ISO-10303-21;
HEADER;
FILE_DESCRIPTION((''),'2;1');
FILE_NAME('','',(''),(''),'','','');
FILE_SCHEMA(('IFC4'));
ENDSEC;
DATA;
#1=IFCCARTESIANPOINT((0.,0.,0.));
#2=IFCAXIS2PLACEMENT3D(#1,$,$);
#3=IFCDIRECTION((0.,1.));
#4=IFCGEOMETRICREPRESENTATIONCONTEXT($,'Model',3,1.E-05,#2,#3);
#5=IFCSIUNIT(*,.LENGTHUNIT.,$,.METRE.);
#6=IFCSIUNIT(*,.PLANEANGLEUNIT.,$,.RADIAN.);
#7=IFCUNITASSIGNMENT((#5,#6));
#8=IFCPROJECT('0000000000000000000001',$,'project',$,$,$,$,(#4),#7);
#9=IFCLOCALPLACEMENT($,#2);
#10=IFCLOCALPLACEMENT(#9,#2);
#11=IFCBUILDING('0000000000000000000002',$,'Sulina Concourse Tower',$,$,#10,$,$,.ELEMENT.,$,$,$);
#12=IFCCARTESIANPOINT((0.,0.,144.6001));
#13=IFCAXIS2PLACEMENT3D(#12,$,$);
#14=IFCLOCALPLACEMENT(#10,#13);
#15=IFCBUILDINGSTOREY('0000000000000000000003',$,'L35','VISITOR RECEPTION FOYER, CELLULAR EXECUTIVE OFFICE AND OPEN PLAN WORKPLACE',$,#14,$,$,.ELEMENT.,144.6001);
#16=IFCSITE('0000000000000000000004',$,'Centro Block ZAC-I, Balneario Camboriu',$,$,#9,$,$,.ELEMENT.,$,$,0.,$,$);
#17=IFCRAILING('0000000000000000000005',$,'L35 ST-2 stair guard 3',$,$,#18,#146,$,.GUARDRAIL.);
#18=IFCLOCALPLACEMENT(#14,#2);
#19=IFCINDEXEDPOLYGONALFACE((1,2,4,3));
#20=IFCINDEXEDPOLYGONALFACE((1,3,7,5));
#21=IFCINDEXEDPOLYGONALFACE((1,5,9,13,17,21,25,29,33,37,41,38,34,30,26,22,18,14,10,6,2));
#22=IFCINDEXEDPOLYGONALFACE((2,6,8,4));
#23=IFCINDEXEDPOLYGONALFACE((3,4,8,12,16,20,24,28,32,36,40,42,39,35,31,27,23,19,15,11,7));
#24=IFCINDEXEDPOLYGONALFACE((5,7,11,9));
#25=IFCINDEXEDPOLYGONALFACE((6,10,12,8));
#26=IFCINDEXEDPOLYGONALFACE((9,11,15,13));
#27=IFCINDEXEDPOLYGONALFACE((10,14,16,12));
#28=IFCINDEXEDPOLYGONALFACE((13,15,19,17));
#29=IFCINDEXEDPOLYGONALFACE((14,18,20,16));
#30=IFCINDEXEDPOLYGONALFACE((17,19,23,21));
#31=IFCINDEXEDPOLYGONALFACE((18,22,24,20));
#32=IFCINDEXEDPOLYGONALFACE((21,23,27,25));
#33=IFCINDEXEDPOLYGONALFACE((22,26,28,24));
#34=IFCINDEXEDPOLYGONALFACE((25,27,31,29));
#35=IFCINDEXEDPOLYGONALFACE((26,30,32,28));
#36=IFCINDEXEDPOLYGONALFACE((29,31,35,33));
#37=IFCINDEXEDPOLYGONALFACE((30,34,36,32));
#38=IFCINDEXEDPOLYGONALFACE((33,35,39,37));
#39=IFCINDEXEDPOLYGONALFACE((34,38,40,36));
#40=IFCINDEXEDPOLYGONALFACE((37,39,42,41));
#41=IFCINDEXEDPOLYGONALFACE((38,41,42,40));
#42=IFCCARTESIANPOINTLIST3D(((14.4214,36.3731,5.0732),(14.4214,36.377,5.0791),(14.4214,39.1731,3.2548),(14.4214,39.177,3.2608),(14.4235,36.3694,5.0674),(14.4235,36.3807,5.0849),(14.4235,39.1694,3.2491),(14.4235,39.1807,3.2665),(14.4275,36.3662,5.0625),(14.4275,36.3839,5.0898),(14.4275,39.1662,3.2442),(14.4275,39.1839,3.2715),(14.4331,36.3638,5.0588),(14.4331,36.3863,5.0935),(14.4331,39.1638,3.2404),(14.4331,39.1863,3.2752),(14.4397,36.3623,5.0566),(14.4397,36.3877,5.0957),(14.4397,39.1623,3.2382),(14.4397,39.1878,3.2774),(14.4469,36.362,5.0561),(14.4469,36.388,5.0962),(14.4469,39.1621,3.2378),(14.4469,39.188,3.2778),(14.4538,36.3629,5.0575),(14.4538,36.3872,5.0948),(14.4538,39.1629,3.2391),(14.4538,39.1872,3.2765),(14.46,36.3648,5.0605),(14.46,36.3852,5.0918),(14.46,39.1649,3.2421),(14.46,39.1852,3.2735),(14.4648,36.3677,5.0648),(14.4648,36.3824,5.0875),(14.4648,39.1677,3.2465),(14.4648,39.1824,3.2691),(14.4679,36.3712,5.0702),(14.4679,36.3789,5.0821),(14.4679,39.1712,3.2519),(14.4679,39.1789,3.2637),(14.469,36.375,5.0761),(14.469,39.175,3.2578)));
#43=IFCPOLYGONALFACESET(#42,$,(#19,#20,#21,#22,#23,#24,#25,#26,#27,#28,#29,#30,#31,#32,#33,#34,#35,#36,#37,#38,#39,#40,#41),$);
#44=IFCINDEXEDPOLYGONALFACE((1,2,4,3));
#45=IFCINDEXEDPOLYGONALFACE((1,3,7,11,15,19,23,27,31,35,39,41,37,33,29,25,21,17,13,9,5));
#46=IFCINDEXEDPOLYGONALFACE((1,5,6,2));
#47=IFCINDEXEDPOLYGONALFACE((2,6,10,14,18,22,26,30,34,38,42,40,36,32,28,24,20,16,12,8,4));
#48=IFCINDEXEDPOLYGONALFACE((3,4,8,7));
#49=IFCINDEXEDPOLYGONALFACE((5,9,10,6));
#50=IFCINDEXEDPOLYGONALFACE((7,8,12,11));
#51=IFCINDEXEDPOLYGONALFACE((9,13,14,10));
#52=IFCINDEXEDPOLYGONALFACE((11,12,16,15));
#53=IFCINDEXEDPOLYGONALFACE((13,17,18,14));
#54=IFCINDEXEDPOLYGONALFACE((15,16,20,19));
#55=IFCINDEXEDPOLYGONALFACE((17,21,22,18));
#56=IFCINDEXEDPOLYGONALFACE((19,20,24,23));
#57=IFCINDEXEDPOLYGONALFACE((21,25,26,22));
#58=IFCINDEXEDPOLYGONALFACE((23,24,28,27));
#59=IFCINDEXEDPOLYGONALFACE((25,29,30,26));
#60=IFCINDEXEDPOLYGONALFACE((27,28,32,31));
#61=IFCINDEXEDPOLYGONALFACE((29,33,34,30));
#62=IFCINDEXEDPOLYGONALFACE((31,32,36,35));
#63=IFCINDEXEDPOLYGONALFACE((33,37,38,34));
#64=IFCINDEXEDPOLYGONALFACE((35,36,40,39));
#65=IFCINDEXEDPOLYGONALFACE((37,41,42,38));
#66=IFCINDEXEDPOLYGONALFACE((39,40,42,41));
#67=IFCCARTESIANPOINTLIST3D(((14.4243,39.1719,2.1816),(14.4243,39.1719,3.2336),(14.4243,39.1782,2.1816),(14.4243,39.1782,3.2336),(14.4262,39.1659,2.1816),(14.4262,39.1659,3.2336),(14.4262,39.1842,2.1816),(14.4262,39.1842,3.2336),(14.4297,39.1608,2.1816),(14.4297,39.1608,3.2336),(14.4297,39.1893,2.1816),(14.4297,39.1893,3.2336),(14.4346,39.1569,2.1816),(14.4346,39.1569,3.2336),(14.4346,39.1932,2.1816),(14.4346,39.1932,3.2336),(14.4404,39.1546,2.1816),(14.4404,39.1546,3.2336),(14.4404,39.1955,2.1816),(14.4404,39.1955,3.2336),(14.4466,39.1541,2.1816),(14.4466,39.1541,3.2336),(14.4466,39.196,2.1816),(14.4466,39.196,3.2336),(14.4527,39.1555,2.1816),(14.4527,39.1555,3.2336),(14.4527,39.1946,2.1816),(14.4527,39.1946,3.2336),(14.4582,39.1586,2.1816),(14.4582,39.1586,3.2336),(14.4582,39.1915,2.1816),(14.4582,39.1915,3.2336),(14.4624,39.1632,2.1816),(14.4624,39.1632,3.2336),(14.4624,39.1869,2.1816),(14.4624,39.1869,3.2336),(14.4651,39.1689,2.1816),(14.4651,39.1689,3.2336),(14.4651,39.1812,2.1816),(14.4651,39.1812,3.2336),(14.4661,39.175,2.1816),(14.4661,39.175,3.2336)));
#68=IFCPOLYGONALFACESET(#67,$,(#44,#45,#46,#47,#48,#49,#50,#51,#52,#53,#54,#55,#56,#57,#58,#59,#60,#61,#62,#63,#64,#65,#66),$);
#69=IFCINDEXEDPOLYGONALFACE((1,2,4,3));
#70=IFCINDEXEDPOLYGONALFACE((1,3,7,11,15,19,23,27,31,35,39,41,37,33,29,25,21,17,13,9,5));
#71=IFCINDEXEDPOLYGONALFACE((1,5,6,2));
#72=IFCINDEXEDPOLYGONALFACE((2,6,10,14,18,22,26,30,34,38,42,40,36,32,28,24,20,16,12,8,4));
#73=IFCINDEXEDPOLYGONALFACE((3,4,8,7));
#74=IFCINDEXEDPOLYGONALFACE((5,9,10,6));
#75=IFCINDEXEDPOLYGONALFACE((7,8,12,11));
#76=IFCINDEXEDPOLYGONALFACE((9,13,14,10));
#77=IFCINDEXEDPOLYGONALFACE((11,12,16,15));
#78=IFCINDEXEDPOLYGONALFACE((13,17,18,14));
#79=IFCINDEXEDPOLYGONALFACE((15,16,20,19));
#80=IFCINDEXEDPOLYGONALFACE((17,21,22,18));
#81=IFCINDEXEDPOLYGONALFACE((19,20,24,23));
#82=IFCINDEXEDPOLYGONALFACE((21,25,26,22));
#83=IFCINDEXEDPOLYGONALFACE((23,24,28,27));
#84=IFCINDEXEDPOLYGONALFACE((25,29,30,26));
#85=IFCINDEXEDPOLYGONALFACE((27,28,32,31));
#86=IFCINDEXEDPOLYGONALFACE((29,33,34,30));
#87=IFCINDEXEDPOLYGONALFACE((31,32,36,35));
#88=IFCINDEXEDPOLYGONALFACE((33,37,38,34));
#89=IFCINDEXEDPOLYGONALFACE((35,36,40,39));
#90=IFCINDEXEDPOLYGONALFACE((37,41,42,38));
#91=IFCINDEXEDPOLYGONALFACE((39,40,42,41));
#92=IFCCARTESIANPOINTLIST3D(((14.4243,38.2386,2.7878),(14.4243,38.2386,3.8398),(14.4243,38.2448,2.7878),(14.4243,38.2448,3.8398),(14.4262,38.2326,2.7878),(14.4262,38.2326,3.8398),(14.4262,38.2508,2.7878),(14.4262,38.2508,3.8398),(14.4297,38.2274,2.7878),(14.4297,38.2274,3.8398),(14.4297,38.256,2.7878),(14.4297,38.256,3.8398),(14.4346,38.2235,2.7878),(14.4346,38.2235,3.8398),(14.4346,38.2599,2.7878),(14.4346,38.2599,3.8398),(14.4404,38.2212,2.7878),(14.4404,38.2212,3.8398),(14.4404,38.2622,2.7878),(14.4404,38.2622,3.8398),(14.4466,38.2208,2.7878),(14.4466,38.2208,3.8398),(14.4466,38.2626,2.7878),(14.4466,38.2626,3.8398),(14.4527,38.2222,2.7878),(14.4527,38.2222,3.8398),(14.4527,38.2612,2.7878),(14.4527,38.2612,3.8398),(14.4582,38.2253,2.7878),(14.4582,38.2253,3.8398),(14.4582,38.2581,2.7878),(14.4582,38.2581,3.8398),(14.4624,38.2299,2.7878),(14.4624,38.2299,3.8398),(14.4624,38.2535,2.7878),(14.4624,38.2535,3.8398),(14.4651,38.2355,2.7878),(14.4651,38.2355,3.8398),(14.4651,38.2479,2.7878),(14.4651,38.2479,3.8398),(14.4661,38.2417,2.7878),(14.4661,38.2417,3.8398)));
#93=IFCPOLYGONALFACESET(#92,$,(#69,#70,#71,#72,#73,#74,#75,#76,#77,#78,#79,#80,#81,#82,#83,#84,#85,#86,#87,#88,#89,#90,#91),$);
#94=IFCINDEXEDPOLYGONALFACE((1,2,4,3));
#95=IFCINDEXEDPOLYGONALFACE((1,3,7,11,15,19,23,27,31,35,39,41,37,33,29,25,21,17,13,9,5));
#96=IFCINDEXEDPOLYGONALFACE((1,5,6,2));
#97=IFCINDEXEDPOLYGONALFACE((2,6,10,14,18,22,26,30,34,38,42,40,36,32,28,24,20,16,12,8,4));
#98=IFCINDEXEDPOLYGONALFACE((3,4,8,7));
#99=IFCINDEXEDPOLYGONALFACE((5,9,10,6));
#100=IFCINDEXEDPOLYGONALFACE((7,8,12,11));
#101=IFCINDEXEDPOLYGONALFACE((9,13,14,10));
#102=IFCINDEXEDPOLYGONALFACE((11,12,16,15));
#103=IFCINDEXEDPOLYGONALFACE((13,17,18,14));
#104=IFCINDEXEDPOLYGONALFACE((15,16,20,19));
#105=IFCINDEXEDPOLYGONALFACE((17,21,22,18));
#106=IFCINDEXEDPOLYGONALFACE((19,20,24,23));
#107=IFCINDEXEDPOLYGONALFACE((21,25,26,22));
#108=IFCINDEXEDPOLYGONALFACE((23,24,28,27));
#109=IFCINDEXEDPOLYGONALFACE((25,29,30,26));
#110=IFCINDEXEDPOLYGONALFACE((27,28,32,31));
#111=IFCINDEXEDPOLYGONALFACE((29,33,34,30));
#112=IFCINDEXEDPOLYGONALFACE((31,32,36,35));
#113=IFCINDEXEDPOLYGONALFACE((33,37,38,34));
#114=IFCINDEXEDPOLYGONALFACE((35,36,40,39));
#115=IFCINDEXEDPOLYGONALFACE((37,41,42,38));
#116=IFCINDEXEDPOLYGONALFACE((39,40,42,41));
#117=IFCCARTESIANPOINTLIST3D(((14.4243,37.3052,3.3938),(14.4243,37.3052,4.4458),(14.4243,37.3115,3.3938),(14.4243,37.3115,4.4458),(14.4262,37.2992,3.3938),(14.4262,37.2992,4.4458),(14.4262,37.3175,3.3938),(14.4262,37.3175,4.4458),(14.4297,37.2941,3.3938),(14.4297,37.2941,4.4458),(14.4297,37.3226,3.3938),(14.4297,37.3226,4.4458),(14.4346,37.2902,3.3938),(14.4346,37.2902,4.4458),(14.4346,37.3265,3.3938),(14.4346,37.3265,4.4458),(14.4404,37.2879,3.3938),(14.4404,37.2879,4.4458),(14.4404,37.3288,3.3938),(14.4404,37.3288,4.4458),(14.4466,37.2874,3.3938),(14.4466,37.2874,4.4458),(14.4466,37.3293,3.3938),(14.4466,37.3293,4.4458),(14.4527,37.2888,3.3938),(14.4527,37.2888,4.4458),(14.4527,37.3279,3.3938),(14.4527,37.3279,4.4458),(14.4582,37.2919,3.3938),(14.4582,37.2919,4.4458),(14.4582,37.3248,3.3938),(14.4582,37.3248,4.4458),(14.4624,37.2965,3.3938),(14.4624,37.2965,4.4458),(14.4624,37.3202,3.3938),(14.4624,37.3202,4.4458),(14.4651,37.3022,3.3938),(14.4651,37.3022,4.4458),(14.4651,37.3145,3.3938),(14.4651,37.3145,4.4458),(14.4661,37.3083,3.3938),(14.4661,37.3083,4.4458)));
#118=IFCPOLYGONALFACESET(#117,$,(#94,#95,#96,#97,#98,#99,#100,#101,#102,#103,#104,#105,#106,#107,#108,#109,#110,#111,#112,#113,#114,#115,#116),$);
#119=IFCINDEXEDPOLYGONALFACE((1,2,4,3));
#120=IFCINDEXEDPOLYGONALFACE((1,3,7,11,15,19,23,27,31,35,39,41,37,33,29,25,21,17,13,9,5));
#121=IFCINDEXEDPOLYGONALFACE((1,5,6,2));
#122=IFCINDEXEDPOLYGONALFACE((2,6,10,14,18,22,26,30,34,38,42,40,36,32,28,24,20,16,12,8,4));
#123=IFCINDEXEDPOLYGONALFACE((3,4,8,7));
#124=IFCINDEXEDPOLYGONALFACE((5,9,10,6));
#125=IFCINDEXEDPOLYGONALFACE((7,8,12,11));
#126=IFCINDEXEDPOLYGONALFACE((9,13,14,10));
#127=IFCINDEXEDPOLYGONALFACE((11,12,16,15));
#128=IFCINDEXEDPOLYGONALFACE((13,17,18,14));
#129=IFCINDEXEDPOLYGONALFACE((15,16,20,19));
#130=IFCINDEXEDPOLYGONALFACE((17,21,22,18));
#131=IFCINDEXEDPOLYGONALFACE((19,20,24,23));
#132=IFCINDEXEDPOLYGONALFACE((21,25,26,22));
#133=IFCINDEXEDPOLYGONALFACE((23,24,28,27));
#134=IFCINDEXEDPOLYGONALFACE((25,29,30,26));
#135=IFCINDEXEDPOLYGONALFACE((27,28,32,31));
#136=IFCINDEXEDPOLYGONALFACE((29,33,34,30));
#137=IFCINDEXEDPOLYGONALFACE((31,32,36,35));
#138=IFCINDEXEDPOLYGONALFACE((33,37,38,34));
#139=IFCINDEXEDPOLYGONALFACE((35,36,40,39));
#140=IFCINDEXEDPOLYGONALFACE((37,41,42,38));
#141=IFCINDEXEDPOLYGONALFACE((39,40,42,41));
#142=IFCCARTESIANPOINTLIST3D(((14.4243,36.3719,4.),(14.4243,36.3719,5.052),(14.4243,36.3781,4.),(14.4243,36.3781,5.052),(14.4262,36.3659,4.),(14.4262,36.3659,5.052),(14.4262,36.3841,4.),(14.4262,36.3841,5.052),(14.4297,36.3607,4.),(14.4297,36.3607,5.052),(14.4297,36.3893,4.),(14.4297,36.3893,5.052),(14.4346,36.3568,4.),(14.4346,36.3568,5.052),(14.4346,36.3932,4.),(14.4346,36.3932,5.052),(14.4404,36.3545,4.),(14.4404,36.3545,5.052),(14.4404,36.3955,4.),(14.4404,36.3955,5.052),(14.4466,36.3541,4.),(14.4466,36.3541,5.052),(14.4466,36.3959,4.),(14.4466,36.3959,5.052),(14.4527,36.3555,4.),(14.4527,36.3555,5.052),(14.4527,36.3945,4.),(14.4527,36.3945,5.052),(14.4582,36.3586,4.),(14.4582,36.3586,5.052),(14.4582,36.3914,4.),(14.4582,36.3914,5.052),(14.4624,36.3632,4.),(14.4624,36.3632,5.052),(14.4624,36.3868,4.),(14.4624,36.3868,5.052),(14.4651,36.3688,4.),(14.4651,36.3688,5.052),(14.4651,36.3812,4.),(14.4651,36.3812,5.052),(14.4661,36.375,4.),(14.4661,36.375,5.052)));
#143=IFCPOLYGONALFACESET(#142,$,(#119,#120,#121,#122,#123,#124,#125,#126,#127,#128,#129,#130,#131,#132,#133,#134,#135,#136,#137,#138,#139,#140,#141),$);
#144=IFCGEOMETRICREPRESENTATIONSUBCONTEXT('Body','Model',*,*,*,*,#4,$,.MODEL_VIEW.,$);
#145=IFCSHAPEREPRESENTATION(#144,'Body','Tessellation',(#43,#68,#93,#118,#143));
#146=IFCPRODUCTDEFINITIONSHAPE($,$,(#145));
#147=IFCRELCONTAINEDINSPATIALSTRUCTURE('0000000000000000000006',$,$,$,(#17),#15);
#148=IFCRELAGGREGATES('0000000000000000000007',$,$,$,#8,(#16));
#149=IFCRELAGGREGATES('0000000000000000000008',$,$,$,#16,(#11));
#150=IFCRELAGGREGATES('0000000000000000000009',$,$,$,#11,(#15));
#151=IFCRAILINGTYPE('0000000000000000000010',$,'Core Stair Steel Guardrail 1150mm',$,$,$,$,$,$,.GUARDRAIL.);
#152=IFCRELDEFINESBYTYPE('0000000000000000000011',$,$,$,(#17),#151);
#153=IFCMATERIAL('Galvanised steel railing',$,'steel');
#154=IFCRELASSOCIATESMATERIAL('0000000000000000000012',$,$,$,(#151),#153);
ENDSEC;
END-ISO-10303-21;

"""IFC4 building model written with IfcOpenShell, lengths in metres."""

from ifc_helpers import new_model, si_unit, direction, frame, origin, origin_2d, place, context, subcontext, project, spatial, circle, extrude, material, type_object, element, save


model = new_model("IFC4")

# Units and contexts
model_context = context("Model", 3, precision=1e-05, world=origin(), true_north=direction((0.0, 1.0)))
body_context = subcontext(model_context, "Body", "Model", "MODEL_VIEW")
ifc_project = project(units=[si_unit("LENGTHUNIT", "METRE"), si_unit("PLANEANGLEUNIT", "RADIAN")], contexts=[model_context])

# Site, building, storey
site_placement = place(None, origin())
site = spatial("IfcSite", under=ifc_project, at=site_placement, Name="Centro Block ZAC-I, Balneario Camboriu", CompositionType="ELEMENT", RefElevation=0.0)
building_placement = place(site_placement, origin())
building = spatial("IfcBuilding", under=site, at=building_placement, Name="Sulina Concourse Tower", CompositionType="ELEMENT")
storey_placement = place(building_placement, frame((0.0, 0.0, 144.6001)))
storey = spatial("IfcBuildingStorey", under=building, at=storey_placement, Name="L35", Description="VISITOR RECEPTION FOYER, CELLULAR EXECUTIVE OFFICE AND OPEN PLAN WORKPLACE", CompositionType="ELEMENT", Elevation=144.6001)

# Railing
ifc_material_1 = material(Name="Galvanised steel railing", Category="steel")
railing_type_1 = type_object("IfcRailingType", Name="Core Stair Steel Guardrail 1150mm", PredefinedType="GUARDRAIL", material=ifc_material_1)
railing_1_placement = place(storey_placement, frame((14.4451, 39.175, 2.1816)))
element("IfcRailing", 1, at=railing_1_placement, inside=storey, type_object=railing_type_1, Name="L35 ST-2 stair guard 3", PredefinedType="GUARDRAIL", context=body_context, shape_type="SweptSolid", body=[
    extrude(circle(Radius=0.0239, at=origin_2d()), frame((0.0, 0.0, 1.0762), z_axis=(0.0, -0.838672, 0.544636), x_axis=(1.0, 0.0, 0.0)), (0.0, 0.0, 1.0), 3.3386),
    extrude(circle(Radius=0.021, at=origin_2d()), origin(), (0.0, 0.0, 1.0), 1.052),
    extrude(circle(Radius=0.021, at=origin_2d()), frame((0.0, -0.9333, 0.6062)), (0.0, 0.0, 1.0), 1.052),
    extrude(circle(Radius=0.021, at=origin_2d()), frame((0.0, -1.8667, 1.2122)), (0.0, 0.0, 1.0), 1.052),
    extrude(circle(Radius=0.021, at=origin_2d()), frame((0.0, -2.8, 1.8184)), (0.0, 0.0, 1.0), 1.052),
])

save(model, "model.ifc")
